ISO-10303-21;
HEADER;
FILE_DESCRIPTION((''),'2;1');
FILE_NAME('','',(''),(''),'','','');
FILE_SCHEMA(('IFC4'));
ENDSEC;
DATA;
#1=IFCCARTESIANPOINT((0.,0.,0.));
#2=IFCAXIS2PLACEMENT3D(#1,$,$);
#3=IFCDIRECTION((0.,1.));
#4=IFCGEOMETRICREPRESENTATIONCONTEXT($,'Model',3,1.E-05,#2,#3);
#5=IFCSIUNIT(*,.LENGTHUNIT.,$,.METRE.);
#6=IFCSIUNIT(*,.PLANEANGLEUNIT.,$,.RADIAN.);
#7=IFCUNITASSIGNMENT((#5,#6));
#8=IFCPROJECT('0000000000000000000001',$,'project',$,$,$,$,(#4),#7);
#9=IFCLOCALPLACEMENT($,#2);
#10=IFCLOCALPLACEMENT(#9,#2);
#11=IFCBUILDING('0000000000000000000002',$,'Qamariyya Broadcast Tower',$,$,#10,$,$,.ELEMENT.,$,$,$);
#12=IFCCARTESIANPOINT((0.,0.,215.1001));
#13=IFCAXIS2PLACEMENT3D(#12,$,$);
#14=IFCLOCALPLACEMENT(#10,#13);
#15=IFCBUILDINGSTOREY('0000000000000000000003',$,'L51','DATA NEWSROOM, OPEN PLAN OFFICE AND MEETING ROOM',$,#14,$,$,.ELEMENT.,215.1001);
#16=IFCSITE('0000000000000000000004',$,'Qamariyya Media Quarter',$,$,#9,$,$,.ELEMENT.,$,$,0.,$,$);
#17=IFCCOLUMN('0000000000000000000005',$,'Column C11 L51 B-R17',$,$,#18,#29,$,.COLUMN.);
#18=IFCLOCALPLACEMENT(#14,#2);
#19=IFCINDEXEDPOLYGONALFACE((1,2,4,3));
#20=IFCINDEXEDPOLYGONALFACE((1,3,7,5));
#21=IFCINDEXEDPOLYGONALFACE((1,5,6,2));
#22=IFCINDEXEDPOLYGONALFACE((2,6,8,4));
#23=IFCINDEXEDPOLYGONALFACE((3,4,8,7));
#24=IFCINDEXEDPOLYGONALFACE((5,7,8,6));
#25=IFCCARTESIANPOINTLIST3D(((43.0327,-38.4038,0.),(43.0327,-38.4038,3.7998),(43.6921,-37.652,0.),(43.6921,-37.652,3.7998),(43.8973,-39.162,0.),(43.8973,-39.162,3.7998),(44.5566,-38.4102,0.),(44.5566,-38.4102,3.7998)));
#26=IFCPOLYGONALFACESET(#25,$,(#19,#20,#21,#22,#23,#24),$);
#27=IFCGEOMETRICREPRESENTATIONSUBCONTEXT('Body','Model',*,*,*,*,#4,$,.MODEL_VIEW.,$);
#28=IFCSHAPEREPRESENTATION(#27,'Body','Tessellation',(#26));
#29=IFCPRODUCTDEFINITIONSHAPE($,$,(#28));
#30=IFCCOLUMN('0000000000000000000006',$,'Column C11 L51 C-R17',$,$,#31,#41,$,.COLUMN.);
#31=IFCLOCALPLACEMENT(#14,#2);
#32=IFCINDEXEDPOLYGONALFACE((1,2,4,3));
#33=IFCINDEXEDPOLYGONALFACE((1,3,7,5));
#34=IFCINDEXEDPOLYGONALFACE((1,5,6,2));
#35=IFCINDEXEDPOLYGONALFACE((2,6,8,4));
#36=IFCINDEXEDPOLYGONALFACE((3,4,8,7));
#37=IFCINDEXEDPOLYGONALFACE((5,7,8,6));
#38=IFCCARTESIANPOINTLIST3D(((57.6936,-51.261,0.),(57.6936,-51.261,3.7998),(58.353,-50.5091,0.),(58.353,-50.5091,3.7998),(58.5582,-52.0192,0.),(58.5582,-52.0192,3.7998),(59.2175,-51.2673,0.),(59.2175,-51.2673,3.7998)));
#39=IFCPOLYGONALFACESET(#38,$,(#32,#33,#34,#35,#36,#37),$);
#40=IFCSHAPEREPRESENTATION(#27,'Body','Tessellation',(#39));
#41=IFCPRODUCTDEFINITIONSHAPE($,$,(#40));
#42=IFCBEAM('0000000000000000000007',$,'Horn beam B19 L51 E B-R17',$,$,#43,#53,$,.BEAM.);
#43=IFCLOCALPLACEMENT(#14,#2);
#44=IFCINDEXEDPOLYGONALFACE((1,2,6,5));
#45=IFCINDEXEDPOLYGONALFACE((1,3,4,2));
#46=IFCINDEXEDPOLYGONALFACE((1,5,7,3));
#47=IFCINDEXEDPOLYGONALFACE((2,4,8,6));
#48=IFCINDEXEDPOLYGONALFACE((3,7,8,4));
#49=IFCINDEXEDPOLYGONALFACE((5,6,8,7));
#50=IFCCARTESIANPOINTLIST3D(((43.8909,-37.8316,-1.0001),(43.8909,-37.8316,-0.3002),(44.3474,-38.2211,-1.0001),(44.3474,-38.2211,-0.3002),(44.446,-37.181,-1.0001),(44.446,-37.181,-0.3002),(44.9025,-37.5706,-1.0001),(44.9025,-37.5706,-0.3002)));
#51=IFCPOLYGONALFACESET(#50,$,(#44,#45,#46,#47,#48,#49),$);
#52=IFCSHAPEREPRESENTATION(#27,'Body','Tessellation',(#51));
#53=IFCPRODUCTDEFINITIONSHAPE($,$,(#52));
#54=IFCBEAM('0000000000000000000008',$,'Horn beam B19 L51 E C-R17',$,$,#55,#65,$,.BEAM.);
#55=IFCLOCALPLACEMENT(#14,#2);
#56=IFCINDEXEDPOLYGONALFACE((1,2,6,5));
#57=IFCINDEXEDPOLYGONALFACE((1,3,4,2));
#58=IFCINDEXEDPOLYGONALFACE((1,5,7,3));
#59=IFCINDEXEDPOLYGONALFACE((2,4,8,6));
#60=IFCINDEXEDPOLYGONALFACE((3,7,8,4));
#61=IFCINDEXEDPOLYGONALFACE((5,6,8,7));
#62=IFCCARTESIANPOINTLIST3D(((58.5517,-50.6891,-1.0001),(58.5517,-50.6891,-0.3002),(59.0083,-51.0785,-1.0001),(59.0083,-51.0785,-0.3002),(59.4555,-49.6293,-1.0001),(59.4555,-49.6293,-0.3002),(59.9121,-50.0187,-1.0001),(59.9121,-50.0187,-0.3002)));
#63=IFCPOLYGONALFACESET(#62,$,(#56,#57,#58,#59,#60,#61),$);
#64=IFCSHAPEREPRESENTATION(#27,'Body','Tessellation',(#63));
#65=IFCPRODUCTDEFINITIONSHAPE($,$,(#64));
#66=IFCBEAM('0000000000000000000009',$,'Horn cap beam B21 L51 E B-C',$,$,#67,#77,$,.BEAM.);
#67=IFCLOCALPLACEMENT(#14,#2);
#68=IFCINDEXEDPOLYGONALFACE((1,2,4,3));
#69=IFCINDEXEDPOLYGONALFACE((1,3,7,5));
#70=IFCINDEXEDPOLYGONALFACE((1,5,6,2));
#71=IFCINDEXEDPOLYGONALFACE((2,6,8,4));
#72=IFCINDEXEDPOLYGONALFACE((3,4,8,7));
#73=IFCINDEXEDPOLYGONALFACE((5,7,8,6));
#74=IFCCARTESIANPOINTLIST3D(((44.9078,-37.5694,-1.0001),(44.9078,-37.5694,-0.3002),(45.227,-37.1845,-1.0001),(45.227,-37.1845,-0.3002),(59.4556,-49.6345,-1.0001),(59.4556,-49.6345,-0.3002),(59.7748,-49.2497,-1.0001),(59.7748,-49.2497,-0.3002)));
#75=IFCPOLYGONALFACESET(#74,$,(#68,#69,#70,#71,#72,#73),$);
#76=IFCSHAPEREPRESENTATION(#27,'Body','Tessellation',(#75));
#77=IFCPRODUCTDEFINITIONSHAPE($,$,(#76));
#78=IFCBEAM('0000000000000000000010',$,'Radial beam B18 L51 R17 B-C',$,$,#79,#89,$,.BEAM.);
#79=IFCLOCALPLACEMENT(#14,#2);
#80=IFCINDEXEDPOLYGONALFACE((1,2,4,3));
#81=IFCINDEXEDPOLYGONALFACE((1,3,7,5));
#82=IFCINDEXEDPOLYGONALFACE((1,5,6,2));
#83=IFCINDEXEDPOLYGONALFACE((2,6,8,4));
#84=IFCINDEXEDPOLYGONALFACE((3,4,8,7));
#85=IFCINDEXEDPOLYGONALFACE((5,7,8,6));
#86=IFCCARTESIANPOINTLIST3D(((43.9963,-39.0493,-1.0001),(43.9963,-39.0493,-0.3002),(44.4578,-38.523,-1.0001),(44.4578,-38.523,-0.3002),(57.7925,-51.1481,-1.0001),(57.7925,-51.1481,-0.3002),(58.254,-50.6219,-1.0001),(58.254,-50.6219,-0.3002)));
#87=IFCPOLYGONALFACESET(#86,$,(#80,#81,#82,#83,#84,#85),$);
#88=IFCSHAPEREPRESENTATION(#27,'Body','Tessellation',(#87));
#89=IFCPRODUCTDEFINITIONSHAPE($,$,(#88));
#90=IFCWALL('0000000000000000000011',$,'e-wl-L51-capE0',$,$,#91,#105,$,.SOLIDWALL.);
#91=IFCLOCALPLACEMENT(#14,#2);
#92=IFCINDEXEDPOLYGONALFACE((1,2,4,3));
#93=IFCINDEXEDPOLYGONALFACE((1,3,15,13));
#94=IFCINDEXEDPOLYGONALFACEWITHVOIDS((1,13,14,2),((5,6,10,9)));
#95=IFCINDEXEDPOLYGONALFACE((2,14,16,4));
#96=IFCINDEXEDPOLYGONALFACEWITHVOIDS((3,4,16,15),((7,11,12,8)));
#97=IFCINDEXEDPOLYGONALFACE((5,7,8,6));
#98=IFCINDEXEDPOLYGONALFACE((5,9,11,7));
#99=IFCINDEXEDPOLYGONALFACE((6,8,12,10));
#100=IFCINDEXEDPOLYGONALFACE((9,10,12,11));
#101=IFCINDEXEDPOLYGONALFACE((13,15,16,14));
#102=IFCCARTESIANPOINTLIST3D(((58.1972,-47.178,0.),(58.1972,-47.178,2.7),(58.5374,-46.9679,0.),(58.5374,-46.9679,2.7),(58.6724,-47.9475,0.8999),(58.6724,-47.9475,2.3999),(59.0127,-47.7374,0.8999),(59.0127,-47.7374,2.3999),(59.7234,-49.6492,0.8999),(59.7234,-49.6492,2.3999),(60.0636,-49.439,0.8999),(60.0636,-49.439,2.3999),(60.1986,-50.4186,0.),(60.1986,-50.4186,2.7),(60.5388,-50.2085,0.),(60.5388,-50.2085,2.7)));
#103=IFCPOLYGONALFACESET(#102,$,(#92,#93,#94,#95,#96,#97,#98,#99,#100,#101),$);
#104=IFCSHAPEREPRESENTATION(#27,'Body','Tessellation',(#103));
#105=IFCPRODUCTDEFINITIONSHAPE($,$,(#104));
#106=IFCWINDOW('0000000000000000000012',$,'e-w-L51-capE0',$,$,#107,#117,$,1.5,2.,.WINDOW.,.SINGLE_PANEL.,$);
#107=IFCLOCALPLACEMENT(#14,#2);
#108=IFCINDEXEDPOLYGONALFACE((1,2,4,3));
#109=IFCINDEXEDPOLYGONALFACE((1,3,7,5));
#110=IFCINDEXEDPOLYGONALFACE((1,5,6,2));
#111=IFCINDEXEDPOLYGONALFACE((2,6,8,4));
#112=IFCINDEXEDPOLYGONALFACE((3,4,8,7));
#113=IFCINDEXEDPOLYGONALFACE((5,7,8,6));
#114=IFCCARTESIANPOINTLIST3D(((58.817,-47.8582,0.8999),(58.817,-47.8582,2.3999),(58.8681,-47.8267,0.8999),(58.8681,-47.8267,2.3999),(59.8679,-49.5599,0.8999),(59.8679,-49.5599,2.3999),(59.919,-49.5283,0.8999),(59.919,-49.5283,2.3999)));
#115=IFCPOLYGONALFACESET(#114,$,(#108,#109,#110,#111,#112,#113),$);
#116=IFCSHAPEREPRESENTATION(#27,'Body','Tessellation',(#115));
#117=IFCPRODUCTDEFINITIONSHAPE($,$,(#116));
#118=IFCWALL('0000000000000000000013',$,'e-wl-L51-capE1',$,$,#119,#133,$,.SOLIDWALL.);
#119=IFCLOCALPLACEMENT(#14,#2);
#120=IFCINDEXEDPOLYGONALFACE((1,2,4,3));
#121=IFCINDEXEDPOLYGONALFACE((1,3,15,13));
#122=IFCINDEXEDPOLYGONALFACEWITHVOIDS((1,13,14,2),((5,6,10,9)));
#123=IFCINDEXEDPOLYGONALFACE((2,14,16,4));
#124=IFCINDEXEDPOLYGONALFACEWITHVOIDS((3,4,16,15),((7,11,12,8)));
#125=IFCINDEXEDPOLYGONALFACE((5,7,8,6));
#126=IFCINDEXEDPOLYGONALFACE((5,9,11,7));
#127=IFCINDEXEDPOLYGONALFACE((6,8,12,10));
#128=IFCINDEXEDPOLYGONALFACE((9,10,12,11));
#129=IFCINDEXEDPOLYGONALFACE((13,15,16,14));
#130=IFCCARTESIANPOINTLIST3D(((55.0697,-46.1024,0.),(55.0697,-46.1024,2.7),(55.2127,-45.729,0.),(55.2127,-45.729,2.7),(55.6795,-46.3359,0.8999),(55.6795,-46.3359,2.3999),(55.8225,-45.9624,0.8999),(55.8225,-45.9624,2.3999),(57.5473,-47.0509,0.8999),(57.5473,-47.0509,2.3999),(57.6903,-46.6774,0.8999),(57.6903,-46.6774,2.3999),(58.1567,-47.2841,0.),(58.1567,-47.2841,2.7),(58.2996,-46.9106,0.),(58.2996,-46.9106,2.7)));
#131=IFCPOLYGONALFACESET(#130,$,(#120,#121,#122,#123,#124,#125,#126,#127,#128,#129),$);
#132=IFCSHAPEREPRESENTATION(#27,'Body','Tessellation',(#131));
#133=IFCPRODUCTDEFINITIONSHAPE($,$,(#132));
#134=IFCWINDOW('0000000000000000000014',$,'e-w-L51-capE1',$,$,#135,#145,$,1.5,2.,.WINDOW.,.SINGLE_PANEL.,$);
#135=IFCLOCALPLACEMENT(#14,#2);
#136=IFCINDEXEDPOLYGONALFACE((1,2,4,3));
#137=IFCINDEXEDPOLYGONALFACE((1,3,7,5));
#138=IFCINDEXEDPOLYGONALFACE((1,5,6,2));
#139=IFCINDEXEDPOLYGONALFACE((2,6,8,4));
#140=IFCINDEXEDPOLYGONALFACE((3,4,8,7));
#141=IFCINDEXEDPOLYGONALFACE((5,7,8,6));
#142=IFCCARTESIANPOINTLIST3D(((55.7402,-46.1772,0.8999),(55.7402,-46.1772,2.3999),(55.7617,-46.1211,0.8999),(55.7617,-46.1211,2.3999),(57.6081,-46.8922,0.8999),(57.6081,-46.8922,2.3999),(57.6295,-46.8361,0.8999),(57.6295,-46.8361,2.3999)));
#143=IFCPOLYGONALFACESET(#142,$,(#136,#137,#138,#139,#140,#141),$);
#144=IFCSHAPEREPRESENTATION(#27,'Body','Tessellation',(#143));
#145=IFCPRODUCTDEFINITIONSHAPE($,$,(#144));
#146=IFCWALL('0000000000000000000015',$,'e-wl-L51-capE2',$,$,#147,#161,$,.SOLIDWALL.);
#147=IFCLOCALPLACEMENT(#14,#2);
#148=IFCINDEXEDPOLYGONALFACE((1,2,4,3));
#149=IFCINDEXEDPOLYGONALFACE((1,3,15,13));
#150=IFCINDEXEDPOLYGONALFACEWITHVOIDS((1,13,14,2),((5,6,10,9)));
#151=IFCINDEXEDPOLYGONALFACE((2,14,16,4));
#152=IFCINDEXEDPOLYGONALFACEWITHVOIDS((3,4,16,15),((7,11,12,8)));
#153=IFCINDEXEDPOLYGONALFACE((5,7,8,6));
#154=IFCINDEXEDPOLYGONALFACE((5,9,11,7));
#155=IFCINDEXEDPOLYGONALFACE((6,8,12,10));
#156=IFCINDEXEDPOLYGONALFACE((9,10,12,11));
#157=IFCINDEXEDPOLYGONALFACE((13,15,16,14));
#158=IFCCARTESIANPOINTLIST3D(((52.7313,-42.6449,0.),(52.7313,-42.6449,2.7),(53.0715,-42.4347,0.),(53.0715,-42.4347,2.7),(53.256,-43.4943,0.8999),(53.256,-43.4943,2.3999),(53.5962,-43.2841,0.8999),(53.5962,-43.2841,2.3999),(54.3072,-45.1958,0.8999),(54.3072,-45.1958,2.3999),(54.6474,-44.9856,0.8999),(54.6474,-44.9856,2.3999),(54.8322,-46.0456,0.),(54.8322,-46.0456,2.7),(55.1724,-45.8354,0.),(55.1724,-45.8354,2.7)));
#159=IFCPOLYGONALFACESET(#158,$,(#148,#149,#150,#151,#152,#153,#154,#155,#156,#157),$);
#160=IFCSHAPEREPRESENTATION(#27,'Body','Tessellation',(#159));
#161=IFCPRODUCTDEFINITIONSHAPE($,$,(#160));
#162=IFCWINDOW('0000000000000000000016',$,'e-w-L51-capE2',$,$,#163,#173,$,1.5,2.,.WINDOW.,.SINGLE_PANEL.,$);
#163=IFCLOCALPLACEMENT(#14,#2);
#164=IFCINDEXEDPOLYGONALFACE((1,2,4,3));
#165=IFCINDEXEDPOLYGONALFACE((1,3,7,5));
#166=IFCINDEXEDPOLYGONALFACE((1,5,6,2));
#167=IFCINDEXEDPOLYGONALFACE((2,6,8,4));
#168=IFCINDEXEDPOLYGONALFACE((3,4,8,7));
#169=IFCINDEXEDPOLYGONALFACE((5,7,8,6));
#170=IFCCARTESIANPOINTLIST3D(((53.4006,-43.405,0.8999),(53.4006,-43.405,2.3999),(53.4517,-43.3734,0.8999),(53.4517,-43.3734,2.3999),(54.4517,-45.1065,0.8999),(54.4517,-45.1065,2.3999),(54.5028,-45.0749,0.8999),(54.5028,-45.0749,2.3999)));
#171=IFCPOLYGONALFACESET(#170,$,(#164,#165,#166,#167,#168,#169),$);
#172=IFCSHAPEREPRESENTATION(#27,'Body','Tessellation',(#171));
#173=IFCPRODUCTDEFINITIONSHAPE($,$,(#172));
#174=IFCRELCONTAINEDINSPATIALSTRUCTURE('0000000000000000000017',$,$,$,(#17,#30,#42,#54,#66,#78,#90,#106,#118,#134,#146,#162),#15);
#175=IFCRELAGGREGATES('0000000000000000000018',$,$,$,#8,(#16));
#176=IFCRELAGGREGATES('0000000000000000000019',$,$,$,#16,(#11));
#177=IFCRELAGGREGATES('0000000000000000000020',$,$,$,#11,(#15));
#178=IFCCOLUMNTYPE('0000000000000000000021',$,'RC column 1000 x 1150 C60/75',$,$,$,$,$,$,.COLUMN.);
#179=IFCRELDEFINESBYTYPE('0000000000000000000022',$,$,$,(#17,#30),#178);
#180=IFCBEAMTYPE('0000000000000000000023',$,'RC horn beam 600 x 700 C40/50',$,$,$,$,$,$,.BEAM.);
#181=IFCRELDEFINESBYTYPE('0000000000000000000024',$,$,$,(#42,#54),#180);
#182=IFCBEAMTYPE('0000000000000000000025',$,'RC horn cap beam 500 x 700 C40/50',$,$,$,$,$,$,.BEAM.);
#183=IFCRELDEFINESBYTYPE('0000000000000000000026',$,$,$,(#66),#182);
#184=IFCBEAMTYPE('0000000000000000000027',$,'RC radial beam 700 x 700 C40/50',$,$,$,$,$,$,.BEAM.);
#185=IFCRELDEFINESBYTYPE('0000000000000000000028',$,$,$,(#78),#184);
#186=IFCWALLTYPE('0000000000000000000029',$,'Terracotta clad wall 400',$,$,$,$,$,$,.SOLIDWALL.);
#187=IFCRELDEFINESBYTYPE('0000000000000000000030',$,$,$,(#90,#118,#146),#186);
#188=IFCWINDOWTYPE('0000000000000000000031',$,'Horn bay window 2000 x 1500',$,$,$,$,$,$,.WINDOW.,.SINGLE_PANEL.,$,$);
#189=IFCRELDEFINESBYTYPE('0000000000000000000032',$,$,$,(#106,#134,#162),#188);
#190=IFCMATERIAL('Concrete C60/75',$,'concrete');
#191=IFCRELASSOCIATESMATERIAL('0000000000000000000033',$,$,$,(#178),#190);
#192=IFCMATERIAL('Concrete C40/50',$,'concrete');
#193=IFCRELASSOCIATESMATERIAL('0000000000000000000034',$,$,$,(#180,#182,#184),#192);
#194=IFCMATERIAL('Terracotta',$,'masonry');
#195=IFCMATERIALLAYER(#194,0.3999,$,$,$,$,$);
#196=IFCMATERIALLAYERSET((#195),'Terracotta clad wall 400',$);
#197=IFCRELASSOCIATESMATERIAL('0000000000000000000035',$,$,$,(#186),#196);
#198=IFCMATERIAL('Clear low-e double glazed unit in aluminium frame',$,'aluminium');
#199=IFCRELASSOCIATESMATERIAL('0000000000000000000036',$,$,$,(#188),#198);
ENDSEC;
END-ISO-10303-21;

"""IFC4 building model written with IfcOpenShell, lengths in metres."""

from ifc_helpers import new_model, si_unit, direction, frame, frame_2d, origin, origin_2d, place, context, subcontext, project, spatial, rectangle, extrude, material, layer, layer_set, material_profile, profile_set, type_object, element, fill, save


model = new_model("IFC4")

# Units and contexts
model_context = context("Model", 3, precision=1e-05, world=origin(), true_north=direction((0.0, 1.0)))
body_context = subcontext(model_context, "Body", "Model", "MODEL_VIEW")
ifc_project = project(units=[si_unit("LENGTHUNIT", "METRE"), si_unit("PLANEANGLEUNIT", "RADIAN")], contexts=[model_context])

# Site, building, storey
site_placement = place(None, origin())
site = spatial("IfcSite", under=ifc_project, at=site_placement, Name="Qamariyya Media Quarter", CompositionType="ELEMENT", RefElevation=0.0)
building_placement = place(site_placement, origin())
building = spatial("IfcBuilding", under=site, at=building_placement, Name="Qamariyya Broadcast Tower", CompositionType="ELEMENT")
storey_placement = place(building_placement, frame((0.0, 0.0, 215.1001)))
storey = spatial("IfcBuildingStorey", under=building, at=storey_placement, Name="L51", Description="DATA NEWSROOM, OPEN PLAN OFFICE AND MEETING ROOM", CompositionType="ELEMENT", Elevation=215.1001)

# Columns
ifc_material_1 = material(Name="Concrete C60/75", Category="concrete")
ifc_material_profile_1 = material_profile(ifc_material_1, rectangle(XDim=1.0, YDim=1.1499, at=origin_2d()))
ifc_profile_set_1 = profile_set([ifc_material_profile_1], Name="Concrete C60/75")
column_type = type_object("IfcColumnType", Name="RC column 1000 x 1150 C60/75", PredefinedType="COLUMN", material=ifc_profile_set_1)
for number, where, z_axis, x_axis, name in (
    (1, (43.7947, -38.407, 0.0), (0.0, 0.0, 1.0), (0.659346, 0.75184, 0.0), "Column C11 L51 B-R17"),
    (2, (58.4556, -51.2642, 0.0), (0.0, 0.0, 1.0), (0.659346, 0.75184, 0.0), "Column C11 L51 C-R17"),
):
    element("IfcColumn", number, at=place(storey_placement, frame(where, z_axis=z_axis, x_axis=x_axis)), inside=storey, type_object=column_type, Name=name, PredefinedType="COLUMN", context=body_context, shape_type="SweptSolid", body=[
        extrude(rectangle(XDim=1.0, YDim=1.1499, at=origin_2d()), origin(), (0.0, 0.0, 1.0), 3.7998),
    ])

# Beams
ifc_material_2 = material(Name="Concrete C40/50", Category="concrete")
ifc_material_profile_2 = material_profile(ifc_material_2, rectangle(XDim=0.6001, YDim=0.7, at=origin_2d()))
ifc_profile_set_2 = profile_set([ifc_material_profile_2], Name="Concrete C40/50")
beam_type_1 = type_object("IfcBeamType", Name="RC horn beam 600 x 700 C40/50", PredefinedType="BEAM", material=ifc_profile_set_2)
beam_1_placement = place(storey_placement, frame((44.1191, -38.0264, -0.6501), z_axis=(0.649097, 0.760705, 0.0), x_axis=(-0.760705, 0.649097, 0.0)))
element("IfcBeam", 3, at=beam_1_placement, inside=storey, type_object=beam_type_1, Name="Horn beam B19 L51 E B-R17", PredefinedType="BEAM", context=body_context, shape_type="SweptSolid", body=[
    extrude(rectangle(XDim=0.6001, YDim=0.7, at=origin_2d()), origin(), (0.0, 0.0, 1.0), 0.8552),
])
beam_2_placement = place(storey_placement, frame((58.78, -50.8838, -0.6501), z_axis=(0.648884, 0.760887, 0.0), x_axis=(-0.760887, 0.648884, 0.0)))
element("IfcBeam", 4, at=beam_2_placement, inside=storey, type_object=beam_type_1, Name="Horn beam B19 L51 E C-R17", PredefinedType="BEAM", context=body_context, shape_type="SweptSolid", body=[
    extrude(rectangle(XDim=0.6001, YDim=0.7, at=origin_2d()), origin(), (0.0, 0.0, 1.0), 1.3928),
])
ifc_material_profile_3 = material_profile(ifc_material_2, rectangle(XDim=0.5, YDim=0.7, at=origin_2d()))
ifc_profile_set_3 = profile_set([ifc_material_profile_3], Name="Concrete C40/50")
beam_type_2 = type_object("IfcBeamType", Name="RC horn cap beam 500 x 700 C40/50", PredefinedType="BEAM", material=ifc_profile_set_3)
beam_3_placement = place(storey_placement, frame((45.0674, -37.377, -0.6501), z_axis=(0.769729, -0.638371, 0.0), x_axis=(0.638371, 0.769729, 0.0)))
element("IfcBeam", 5, at=beam_3_placement, inside=storey, type_object=beam_type_2, Name="Horn cap beam B21 L51 E B-C", PredefinedType="BEAM", context=body_context, shape_type="SweptSolid", body=[
    extrude(rectangle(XDim=0.5, YDim=0.7, at=origin_2d()), origin(), (0.0, 0.0, 1.0), 18.8999),
])
ifc_material_profile_4 = material_profile(ifc_material_2, rectangle(XDim=0.7, YDim=0.7, at=origin_2d()))
ifc_profile_set_4 = profile_set([ifc_material_profile_4], Name="Concrete C40/50")
beam_type_3 = type_object("IfcBeamType", Name="RC radial beam 700 x 700 C40/50", PredefinedType="BEAM", material=ifc_profile_set_4)
beam_4_placement = place(storey_placement, frame((44.2271, -38.7861, -0.6501), z_axis=(0.75184, -0.659345, 0.0), x_axis=(0.659345, 0.75184, 0.0)))
element("IfcBeam", 6, at=beam_4_placement, inside=storey, type_object=beam_type_3, Name="Radial beam B18 L51 R17 B-C", PredefinedType="BEAM", context=body_context, shape_type="SweptSolid", body=[
    extrude(rectangle(XDim=0.7, YDim=0.7, at=origin_2d()), origin(), (0.0, 0.0, 1.0), 18.3499),
])

# Walls, openings, windows
ifc_material_3 = material(Name="Terracotta", Category="masonry")
ifc_layer = layer(ifc_material_3, 0.3999)
ifc_layer_set = layer_set([ifc_layer], Name="Terracotta clad wall 400")
wall_type = type_object("IfcWallType", Name="Terracotta clad wall 400", PredefinedType="SOLIDWALL", material=ifc_layer_set)
wall_1_placement = place(storey_placement, frame((60.3687, -50.3135, 0.0), z_axis=(0.0, 0.0, 1.0), x_axis=(-0.525463, 0.850817, 0.0)))
wall_1 = element("IfcWall", 7, at=wall_1_placement, inside=storey, type_object=wall_type, Name="e-wl-L51-capE0", PredefinedType="SOLIDWALL", context=body_context, shape_type="SweptSolid", body=[
    extrude(rectangle(XDim=3.8088, YDim=0.3999, at=frame_2d((1.9043, 0.0))), origin(), (0.0, 0.0, 1.0), 2.7),
])
opening_1_placement = place(wall_1_placement, frame((0.9043, 0.0, 0.8999)))
opening_1 = element("IfcOpeningElement", 8, at=opening_1_placement, cuts=wall_1, PredefinedType="OPENING", context=body_context, shape_type="SweptSolid", body=[
    extrude(rectangle(XDim=2.0, YDim=1.5, at=frame_2d((1.0, 0.75))), frame((0.0, 0.21, 0.0), z_axis=(0.0, -1.0, 0.0), x_axis=(1.0, 0.0, 0.0)), (0.0, 0.0, 1.0), 0.4199),
])
ifc_material_4 = material(Name="Clear low-e double glazed unit in aluminium frame", Category="aluminium")
window_type_1 = type_object("IfcWindowType", Name="Horn bay window 2000 x 1500", PartitioningType="SINGLE_PANEL", PredefinedType="WINDOW", material=ifc_material_4)
window_1_placement = place(opening_1_placement, origin())
window_1 = element("IfcWindow", 9, at=window_1_placement, inside=storey, type_object=window_type_1, Name="e-w-L51-capE0", OverallHeight=1.5, OverallWidth=2.0, PartitioningType="SINGLE_PANEL", PredefinedType="WINDOW", context=body_context, shape_type="SweptSolid", body=[
    extrude(rectangle(XDim=2.0, YDim=1.5, at=frame_2d((1.0, 0.75))), frame((0.0, 0.03, 0.0), z_axis=(0.0, -1.0, 0.0), x_axis=(1.0, 0.0, 0.0)), (0.0, 0.0, 1.0), 0.0601),
])
fill(opening_1, window_1)
wall_2_placement = place(storey_placement, frame((58.2283, -47.0974, 0.0), z_axis=(0.0, 0.0, 1.0), x_axis=(-0.933916, 0.357494, 0.0)))
wall_2 = element("IfcWall", 10, at=wall_2_placement, inside=storey, type_object=wall_type, Name="e-wl-L51-capE1", PredefinedType="SOLIDWALL", context=body_context, shape_type="SweptSolid", body=[
    extrude(rectangle(XDim=3.3054, YDim=0.3999, at=frame_2d((1.6528, 0.0))), origin(), (0.0, 0.0, 1.0), 2.7),
])
opening_2_placement = place(wall_2_placement, frame((0.6526, 0.0, 0.8999)))
opening_2 = element("IfcOpeningElement", 11, at=opening_2_placement, cuts=wall_2, PredefinedType="OPENING", context=body_context, shape_type="SweptSolid", body=[
    extrude(rectangle(XDim=2.0, YDim=1.5, at=frame_2d((1.0, 0.75))), frame((0.0, 0.21, 0.0), z_axis=(0.0, -1.0, 0.0), x_axis=(1.0, 0.0, 0.0)), (0.0, 0.0, 1.0), 0.4199),
])
window_2_placement = place(opening_2_placement, origin())
window_2 = element("IfcWindow", 12, at=window_2_placement, inside=storey, type_object=window_type_1, Name="e-w-L51-capE1", OverallHeight=1.5, OverallWidth=2.0, PartitioningType="SINGLE_PANEL", PredefinedType="WINDOW", context=body_context, shape_type="SweptSolid", body=[
    extrude(rectangle(XDim=2.0, YDim=1.5, at=frame_2d((1.0, 0.75))), frame((0.0, 0.03, 0.0), z_axis=(0.0, -1.0, 0.0), x_axis=(1.0, 0.0, 0.0)), (0.0, 0.0, 1.0), 0.0601),
])
fill(opening_2, window_2)
wall_3_placement = place(storey_placement, frame((55.0022, -45.9404, 0.0), z_axis=(0.0, 0.0, 1.0), x_axis=(-0.525572, 0.850749, 0.0)))
wall_3 = element("IfcWall", 13, at=wall_3_placement, inside=storey, type_object=wall_type, Name="e-wl-L51-capE2", PredefinedType="SOLIDWALL", context=body_context, shape_type="SweptSolid", body=[
    extrude(rectangle(XDim=3.9973, YDim=0.3999, at=frame_2d((1.9985, 0.0))), origin(), (0.0, 0.0, 1.0), 2.7),
])
opening_3_placement = place(wall_3_placement, frame((0.9988, 0.0, 0.8999)))
opening_3 = element("IfcOpeningElement", 14, at=opening_3_placement, cuts=wall_3, PredefinedType="OPENING", context=body_context, shape_type="SweptSolid", body=[
    extrude(rectangle(XDim=2.0, YDim=1.5, at=frame_2d((1.0, 0.75))), frame((0.0, 0.21, 0.0), z_axis=(0.0, -1.0, 0.0), x_axis=(1.0, 0.0, 0.0)), (0.0, 0.0, 1.0), 0.4199),
])
window_3_placement = place(opening_3_placement, origin())
window_3 = element("IfcWindow", 15, at=window_3_placement, inside=storey, type_object=window_type_1, Name="e-w-L51-capE2", OverallHeight=1.5, OverallWidth=2.0, PartitioningType="SINGLE_PANEL", PredefinedType="WINDOW", context=body_context, shape_type="SweptSolid", body=[
    extrude(rectangle(XDim=2.0, YDim=1.5, at=frame_2d((1.0, 0.75))), frame((0.0, 0.03, 0.0), z_axis=(0.0, -1.0, 0.0), x_axis=(1.0, 0.0, 0.0)), (0.0, 0.0, 1.0), 0.0601),
])
fill(opening_3, window_3)

save(model, "model.ifc")
